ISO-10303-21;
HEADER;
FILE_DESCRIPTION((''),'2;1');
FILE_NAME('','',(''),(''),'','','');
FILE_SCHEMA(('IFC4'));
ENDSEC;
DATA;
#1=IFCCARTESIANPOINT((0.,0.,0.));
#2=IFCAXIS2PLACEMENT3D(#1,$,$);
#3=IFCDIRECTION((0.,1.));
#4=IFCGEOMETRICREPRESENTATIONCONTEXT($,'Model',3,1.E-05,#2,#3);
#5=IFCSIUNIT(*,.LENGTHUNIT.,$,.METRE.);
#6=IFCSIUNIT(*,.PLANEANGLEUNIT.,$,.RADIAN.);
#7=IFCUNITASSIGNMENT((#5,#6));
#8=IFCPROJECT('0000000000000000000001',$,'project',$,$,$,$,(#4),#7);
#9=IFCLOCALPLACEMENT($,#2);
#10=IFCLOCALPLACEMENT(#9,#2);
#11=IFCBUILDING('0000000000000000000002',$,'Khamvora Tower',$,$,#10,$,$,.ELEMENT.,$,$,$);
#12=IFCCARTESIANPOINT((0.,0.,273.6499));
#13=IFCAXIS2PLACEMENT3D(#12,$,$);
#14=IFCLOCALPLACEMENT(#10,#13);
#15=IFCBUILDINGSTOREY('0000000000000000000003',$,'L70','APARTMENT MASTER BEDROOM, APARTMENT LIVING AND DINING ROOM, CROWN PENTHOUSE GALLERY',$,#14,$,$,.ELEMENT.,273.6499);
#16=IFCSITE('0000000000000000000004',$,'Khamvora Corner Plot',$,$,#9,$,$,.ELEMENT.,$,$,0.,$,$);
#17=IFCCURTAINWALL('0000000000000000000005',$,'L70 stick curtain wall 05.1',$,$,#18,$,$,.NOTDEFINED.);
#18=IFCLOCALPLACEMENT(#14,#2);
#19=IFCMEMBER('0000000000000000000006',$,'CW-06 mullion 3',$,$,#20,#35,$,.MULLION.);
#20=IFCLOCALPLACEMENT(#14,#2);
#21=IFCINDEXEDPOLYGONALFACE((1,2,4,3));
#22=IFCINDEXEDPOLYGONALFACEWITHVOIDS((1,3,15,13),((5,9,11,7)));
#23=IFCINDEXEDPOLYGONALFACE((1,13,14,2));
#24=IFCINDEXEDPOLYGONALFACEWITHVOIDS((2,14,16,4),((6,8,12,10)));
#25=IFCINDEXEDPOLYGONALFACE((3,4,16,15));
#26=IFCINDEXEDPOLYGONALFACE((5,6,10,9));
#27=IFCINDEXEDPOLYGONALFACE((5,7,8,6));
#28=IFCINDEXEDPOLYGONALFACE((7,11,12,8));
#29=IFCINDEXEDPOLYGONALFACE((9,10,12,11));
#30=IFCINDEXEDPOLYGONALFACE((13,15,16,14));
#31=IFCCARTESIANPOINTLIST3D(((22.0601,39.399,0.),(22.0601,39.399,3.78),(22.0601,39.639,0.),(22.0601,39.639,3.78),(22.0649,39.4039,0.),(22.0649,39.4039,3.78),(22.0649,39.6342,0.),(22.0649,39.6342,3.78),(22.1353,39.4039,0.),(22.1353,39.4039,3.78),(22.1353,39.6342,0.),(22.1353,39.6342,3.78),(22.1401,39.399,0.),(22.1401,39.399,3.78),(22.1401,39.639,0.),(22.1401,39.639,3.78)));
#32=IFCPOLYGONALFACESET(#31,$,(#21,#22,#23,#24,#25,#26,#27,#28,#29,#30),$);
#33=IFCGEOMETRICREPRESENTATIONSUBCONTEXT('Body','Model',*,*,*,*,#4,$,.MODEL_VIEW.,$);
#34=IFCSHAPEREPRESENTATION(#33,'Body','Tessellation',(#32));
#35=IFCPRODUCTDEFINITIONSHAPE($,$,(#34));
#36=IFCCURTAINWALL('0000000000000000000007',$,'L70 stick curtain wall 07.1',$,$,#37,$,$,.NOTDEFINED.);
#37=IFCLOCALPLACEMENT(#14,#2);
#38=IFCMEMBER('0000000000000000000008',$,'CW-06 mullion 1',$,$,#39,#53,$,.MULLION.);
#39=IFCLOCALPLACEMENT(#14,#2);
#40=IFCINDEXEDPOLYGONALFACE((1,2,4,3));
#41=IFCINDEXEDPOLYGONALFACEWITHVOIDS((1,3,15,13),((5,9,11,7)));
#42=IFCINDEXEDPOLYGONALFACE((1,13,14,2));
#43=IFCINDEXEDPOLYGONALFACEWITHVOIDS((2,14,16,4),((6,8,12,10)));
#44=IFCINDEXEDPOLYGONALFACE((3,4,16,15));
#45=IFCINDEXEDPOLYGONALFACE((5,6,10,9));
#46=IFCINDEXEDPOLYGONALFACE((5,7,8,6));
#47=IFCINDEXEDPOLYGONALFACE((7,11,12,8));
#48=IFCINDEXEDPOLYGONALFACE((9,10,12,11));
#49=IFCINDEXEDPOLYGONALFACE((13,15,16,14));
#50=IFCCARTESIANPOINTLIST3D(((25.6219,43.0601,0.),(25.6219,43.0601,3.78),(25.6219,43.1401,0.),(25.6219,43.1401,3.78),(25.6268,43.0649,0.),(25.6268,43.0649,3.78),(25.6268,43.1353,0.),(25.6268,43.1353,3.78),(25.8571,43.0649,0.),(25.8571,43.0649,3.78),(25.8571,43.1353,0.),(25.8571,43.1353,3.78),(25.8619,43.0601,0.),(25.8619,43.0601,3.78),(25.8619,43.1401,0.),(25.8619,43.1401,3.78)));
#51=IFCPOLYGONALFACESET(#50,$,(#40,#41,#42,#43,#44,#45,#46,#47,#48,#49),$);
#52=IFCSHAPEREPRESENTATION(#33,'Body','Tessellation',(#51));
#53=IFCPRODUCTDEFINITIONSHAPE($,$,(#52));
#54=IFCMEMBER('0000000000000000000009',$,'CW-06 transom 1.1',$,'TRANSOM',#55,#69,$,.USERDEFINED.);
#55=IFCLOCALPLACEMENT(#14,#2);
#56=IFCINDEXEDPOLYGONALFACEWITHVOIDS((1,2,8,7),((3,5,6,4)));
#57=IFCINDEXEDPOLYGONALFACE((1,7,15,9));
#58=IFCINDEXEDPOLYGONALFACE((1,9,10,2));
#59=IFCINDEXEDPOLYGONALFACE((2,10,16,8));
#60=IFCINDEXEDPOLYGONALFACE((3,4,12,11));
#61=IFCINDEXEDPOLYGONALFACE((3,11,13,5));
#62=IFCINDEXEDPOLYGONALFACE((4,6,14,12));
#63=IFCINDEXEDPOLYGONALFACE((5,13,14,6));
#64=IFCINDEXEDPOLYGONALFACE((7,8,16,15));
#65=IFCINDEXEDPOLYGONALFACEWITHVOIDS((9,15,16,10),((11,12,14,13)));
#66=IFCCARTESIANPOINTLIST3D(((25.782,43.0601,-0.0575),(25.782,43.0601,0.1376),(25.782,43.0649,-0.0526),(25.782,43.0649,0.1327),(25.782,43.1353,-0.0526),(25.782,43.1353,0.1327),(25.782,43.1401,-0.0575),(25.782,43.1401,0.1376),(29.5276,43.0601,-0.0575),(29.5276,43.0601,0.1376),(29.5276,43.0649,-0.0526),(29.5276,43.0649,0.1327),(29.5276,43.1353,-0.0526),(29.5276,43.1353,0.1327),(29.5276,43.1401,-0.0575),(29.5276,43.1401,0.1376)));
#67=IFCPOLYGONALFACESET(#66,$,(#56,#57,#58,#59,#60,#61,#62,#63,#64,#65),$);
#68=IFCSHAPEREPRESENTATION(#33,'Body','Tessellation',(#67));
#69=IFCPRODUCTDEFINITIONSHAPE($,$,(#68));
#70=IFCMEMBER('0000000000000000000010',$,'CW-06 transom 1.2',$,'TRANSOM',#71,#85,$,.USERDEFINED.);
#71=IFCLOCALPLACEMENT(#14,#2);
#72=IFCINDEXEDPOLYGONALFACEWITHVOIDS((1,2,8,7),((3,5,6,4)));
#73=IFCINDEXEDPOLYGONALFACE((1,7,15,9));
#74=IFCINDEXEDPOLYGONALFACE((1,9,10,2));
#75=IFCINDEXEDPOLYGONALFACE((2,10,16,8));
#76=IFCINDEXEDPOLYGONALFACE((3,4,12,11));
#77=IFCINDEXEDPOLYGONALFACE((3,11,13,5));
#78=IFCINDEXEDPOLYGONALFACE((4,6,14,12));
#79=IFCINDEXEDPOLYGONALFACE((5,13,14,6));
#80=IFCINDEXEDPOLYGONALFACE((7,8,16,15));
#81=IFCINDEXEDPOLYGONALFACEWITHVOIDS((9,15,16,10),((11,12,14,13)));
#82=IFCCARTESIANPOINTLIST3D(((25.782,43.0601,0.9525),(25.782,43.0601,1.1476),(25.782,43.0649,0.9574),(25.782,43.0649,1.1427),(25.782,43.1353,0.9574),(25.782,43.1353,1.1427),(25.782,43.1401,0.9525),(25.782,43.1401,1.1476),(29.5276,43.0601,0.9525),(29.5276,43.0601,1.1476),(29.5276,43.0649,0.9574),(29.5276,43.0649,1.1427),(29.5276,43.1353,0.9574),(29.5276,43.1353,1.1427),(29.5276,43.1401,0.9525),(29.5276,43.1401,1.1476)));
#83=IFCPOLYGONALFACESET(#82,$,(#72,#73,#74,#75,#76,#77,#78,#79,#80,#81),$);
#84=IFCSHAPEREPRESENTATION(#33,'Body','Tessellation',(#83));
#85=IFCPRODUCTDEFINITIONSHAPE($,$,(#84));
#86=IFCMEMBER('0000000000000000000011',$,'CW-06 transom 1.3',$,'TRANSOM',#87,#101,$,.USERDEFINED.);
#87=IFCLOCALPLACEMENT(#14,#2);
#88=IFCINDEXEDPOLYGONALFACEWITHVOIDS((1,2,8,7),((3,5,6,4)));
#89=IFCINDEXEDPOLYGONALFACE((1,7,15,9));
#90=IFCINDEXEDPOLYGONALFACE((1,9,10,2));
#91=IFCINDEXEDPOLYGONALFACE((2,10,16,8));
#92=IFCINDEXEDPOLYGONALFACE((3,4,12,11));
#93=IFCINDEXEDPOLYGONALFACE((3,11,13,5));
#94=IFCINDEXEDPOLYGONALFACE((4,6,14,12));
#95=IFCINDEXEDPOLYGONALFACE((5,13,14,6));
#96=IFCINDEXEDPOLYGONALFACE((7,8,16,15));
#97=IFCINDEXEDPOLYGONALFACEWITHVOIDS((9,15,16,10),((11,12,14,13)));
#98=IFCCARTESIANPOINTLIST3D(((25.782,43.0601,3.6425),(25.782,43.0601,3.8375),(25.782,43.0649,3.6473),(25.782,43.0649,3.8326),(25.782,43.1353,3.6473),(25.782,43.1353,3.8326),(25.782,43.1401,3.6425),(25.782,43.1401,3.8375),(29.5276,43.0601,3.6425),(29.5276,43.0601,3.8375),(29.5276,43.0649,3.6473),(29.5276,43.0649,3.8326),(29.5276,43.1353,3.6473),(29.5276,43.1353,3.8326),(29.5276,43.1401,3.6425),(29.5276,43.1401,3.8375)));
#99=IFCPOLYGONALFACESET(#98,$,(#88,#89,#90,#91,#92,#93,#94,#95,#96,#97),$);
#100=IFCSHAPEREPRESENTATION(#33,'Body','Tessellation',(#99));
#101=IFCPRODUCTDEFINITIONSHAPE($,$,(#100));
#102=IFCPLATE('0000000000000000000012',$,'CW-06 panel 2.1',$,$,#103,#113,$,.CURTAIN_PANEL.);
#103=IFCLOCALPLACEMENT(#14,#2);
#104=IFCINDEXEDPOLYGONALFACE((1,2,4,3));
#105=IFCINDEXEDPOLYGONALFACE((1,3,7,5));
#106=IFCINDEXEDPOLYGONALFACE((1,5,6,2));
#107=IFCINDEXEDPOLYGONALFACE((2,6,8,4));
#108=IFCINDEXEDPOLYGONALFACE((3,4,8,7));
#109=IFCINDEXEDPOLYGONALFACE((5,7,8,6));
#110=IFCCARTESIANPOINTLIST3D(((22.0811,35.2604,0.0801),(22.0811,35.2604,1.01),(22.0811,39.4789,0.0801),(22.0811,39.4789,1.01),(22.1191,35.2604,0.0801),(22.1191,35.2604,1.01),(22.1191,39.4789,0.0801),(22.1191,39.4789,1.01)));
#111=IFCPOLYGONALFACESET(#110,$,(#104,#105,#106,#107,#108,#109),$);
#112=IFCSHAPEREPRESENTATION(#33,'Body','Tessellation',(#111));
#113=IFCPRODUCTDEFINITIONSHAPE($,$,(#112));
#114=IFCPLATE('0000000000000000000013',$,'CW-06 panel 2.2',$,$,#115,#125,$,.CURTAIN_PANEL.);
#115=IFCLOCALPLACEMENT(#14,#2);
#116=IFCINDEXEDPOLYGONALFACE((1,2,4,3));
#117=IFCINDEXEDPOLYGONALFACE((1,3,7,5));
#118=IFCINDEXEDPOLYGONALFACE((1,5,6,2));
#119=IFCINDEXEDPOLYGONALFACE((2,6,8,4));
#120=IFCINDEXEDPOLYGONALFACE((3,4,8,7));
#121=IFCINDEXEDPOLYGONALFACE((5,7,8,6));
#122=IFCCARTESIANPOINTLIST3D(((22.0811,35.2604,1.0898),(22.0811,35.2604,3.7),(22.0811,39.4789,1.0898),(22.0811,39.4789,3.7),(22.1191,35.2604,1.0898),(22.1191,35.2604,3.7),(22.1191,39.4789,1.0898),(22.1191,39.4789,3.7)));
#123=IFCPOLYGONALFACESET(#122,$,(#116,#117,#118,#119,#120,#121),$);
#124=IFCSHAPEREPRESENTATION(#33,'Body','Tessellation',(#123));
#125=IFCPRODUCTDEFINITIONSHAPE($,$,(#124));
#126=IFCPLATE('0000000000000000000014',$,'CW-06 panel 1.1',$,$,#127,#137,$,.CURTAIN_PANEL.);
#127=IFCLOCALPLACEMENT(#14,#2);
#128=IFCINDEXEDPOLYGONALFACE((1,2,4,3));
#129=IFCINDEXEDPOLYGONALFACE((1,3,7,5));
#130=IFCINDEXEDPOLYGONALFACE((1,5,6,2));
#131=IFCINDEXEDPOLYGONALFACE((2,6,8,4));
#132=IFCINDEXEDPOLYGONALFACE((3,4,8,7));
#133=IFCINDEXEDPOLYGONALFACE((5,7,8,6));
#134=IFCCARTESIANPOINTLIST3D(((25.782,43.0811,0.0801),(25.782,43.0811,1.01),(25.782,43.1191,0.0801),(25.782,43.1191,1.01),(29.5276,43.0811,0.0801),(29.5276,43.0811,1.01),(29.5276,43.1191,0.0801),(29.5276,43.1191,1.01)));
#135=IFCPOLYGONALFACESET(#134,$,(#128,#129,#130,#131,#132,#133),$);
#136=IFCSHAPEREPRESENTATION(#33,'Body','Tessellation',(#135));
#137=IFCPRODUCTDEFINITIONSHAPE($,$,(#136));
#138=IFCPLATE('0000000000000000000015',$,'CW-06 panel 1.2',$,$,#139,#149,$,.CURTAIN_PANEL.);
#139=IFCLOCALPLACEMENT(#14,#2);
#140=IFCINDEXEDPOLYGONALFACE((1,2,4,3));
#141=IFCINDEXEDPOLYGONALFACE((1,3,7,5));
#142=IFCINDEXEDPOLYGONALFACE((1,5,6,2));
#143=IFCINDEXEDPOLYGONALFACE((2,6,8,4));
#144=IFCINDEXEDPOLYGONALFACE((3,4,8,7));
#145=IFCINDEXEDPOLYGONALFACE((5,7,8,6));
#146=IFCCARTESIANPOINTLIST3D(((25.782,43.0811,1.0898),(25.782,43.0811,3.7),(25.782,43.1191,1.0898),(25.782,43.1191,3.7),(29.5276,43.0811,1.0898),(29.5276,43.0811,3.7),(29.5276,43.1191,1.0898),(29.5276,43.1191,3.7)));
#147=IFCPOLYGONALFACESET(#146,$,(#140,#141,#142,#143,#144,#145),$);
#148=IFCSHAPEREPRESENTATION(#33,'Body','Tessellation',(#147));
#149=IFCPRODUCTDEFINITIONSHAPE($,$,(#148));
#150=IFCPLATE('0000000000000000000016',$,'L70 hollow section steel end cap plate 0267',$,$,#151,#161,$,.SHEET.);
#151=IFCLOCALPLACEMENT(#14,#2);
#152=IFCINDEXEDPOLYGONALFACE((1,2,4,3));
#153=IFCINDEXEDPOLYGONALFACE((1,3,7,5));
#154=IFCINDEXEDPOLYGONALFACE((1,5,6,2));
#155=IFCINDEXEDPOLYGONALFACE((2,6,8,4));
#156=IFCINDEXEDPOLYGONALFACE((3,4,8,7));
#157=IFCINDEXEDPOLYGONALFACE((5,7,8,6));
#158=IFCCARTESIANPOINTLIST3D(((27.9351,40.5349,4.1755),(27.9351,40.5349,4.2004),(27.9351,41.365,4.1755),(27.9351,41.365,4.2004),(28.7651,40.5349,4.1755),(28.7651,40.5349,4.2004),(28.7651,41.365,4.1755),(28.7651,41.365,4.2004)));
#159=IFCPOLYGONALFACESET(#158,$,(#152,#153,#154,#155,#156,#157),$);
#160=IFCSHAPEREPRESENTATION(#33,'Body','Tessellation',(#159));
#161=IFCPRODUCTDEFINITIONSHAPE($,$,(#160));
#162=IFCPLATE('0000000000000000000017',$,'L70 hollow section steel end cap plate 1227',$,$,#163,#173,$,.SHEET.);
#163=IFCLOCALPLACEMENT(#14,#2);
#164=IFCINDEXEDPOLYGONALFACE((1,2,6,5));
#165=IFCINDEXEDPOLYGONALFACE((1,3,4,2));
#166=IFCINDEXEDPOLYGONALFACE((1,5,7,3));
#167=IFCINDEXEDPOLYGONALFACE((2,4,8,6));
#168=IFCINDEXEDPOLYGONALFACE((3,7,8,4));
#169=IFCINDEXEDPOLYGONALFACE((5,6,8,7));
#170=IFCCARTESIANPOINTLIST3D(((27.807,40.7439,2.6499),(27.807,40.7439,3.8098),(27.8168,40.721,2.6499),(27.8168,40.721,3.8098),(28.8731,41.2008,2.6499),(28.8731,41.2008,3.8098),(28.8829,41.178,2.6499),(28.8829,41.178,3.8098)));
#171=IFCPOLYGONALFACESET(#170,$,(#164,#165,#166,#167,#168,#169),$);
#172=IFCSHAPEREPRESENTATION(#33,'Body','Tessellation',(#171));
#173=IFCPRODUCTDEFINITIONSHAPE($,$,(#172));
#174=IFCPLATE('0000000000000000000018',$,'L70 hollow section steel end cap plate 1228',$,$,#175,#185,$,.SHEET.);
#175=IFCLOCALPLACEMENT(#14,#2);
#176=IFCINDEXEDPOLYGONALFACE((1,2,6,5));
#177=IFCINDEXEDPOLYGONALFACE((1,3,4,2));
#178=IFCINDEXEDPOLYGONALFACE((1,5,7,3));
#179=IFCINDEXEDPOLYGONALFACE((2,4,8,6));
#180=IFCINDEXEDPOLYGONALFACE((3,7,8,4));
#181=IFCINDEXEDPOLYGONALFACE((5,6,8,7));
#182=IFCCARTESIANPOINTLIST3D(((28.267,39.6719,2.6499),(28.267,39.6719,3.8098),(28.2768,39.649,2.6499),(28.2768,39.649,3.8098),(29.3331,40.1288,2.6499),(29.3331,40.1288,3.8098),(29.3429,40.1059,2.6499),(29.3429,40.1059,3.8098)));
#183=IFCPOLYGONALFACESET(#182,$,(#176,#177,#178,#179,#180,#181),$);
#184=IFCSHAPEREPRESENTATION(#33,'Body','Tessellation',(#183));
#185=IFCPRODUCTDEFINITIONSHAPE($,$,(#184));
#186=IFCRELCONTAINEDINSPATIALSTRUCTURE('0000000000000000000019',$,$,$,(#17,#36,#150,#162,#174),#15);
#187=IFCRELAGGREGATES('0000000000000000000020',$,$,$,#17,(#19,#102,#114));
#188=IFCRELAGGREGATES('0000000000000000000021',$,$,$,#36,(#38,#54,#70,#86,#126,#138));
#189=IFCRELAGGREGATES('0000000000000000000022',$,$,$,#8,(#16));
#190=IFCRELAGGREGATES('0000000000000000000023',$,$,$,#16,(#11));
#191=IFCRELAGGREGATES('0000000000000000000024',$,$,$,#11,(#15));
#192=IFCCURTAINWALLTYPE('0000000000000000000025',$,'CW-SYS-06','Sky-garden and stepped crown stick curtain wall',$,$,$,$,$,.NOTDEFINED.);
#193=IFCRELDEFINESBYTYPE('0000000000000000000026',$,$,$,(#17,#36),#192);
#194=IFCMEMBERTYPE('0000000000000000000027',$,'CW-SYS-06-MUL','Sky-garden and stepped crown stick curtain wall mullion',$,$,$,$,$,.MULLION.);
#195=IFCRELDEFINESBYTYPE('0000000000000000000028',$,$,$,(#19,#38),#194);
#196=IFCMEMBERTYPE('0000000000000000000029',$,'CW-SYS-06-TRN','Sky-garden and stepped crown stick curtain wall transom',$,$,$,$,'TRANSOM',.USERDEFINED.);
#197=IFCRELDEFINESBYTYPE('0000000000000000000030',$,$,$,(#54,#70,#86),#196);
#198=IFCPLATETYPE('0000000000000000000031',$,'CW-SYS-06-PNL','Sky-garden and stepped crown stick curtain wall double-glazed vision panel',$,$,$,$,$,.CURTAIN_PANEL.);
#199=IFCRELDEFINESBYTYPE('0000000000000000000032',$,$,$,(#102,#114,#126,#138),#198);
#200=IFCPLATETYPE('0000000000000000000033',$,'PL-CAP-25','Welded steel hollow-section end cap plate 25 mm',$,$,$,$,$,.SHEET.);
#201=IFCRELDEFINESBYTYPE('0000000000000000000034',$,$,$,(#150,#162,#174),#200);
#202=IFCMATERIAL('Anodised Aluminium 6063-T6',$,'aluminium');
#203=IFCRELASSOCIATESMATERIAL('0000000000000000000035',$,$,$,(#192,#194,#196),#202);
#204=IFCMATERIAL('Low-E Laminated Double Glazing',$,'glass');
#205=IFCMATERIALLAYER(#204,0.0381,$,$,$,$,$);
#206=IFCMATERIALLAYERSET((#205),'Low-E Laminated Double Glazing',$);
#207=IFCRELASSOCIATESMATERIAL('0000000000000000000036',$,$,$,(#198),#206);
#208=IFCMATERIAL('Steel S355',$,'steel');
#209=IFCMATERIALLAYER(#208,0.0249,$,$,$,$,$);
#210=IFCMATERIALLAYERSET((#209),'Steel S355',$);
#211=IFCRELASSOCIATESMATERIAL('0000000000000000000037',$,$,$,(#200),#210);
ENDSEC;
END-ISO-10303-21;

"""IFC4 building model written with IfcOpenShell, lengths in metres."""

from ifc_helpers import new_model, si_unit, direction, frame, origin, origin_2d, place, context, subcontext, project, spatial, rectangle, hollow_rectangle, extrude, material, layer, layer_set, material_profile, profile_set, type_object, element, aggregate, save


model = new_model("IFC4")

# Units and contexts
model_context = context("Model", 3, precision=1e-05, world=origin(), true_north=direction((0.0, 1.0)))
body_context = subcontext(model_context, "Body", "Model", "MODEL_VIEW")
ifc_project = project(units=[si_unit("LENGTHUNIT", "METRE"), si_unit("PLANEANGLEUNIT", "RADIAN")], contexts=[model_context])

# Site, building, storey
site_placement = place(None, origin())
site = spatial("IfcSite", under=ifc_project, at=site_placement, Name="Khamvora Corner Plot", CompositionType="ELEMENT", RefElevation=0.0)
building_placement = place(site_placement, origin())
building = spatial("IfcBuilding", under=site, at=building_placement, Name="Khamvora Tower", CompositionType="ELEMENT")
storey_placement = place(building_placement, frame((0.0, 0.0, 273.6499)))
storey = spatial("IfcBuildingStorey", under=building, at=storey_placement, Name="L70", Description="APARTMENT MASTER BEDROOM, APARTMENT LIVING AND DINING ROOM, CROWN PENTHOUSE GALLERY", CompositionType="ELEMENT", Elevation=273.6499)

# Shared definitions
ifc_material_1 = material(Name="Steel S355", Category="steel")

# Curtain wall, member
ifc_material_2 = material(Name="Anodised Aluminium 6063-T6", Category="aluminium")
curtain_wall_type = type_object("IfcCurtainWallType", Name="CW-SYS-06", Description="Sky-garden and stepped crown stick curtain wall", PredefinedType="NOTDEFINED", material=ifc_material_2)
curtain_wall_1_placement = place(storey_placement, origin())
curtain_wall_1 = element("IfcCurtainWall", 1, at=curtain_wall_1_placement, inside=storey, type_object=curtain_wall_type, Name="L70 stick curtain wall 05.1", PredefinedType="NOTDEFINED")
ifc_material_profile_1 = material_profile(ifc_material_2, hollow_rectangle(XDim=0.0801, YDim=0.24, WallThickness=0.0049, at=origin_2d()), Name="MUL80x240x5")
ifc_profile_set_1 = profile_set([ifc_material_profile_1], Name="Anodised Aluminium 6063-T6")
member_type_1 = type_object("IfcMemberType", Name="CW-SYS-06-MUL", Description="Sky-garden and stepped crown stick curtain wall mullion", PredefinedType="MULLION", material=ifc_profile_set_1)
member_1_placement = place(storey_placement, frame((22.1001, 39.519, 0.0), z_axis=(0.0, 0.0, 1.0), x_axis=(-1.0, 0.0, 0.0)))
member_1 = element("IfcMember", 2, at=member_1_placement, type_object=member_type_1, Name="CW-06 mullion 3", PredefinedType="MULLION", context=body_context, shape_type="SweptSolid", body=[
    extrude(hollow_rectangle(XDim=0.0801, YDim=0.24, WallThickness=0.0049, at=origin_2d()), origin(), (0.0, 0.0, 1.0), 3.78),
])

# Curtain wall, members
curtain_wall_2_placement = place(storey_placement, origin())
curtain_wall_2 = element("IfcCurtainWall", 3, at=curtain_wall_2_placement, inside=storey, type_object=curtain_wall_type, Name="L70 stick curtain wall 07.1", PredefinedType="NOTDEFINED")
member_2_placement = place(storey_placement, frame((25.7419, 43.1001, 0.0), z_axis=(0.0, 0.0, 1.0), x_axis=(0.0, 1.0, 0.0)))
member_2 = element("IfcMember", 4, at=member_2_placement, type_object=member_type_1, Name="CW-06 mullion 1", PredefinedType="MULLION", context=body_context, shape_type="SweptSolid", body=[
    extrude(hollow_rectangle(XDim=0.0801, YDim=0.24, WallThickness=0.0049, at=origin_2d()), origin(), (0.0, 0.0, 1.0), 3.78),
])
ifc_material_profile_2 = material_profile(ifc_material_2, hollow_rectangle(XDim=0.0801, YDim=0.1951, WallThickness=0.0049, at=origin_2d()), Name="TRN80x195x5")
ifc_profile_set_2 = profile_set([ifc_material_profile_2], Name="Anodised Aluminium 6063-T6")
member_type_2 = type_object("IfcMemberType", Name="CW-SYS-06-TRN", Description="Sky-garden and stepped crown stick curtain wall transom", ElementType="TRANSOM", PredefinedType="USERDEFINED", material=ifc_profile_set_2)
member_3_placement = place(storey_placement, frame((25.782, 43.1001, 0.04), z_axis=(1.0, 0.0, 0.0), x_axis=(0.0, 1.0, 0.0)))
member_3 = element("IfcMember", 5, at=member_3_placement, type_object=member_type_2, Name="CW-06 transom 1.1", ObjectType="TRANSOM", PredefinedType="USERDEFINED", context=body_context, shape_type="SweptSolid", body=[
    extrude(hollow_rectangle(XDim=0.0801, YDim=0.1951, WallThickness=0.0049, at=origin_2d()), origin(), (0.0, 0.0, 1.0), 3.7456),
])
member_4_placement = place(storey_placement, frame((25.782, 43.1001, 1.05), z_axis=(1.0, 0.0, 0.0), x_axis=(0.0, 1.0, 0.0)))
member_4 = element("IfcMember", 6, at=member_4_placement, type_object=member_type_2, Name="CW-06 transom 1.2", ObjectType="TRANSOM", PredefinedType="USERDEFINED", context=body_context, shape_type="SweptSolid", body=[
    extrude(hollow_rectangle(XDim=0.0801, YDim=0.1951, WallThickness=0.0049, at=origin_2d()), origin(), (0.0, 0.0, 1.0), 3.7456),
])
member_5_placement = place(storey_placement, frame((25.782, 43.1001, 3.74), z_axis=(1.0, 0.0, 0.0), x_axis=(0.0, 1.0, 0.0)))
member_5 = element("IfcMember", 7, at=member_5_placement, type_object=member_type_2, Name="CW-06 transom 1.3", ObjectType="TRANSOM", PredefinedType="USERDEFINED", context=body_context, shape_type="SweptSolid", body=[
    extrude(hollow_rectangle(XDim=0.0801, YDim=0.1951, WallThickness=0.0049, at=origin_2d()), origin(), (0.0, 0.0, 1.0), 3.7456),
])

# Plates
ifc_material_3 = material(Name="Low-E Laminated Double Glazing", Category="glass")
ifc_layer_1 = layer(ifc_material_3, 0.0381)
ifc_layer_set_1 = layer_set([ifc_layer_1], Name="Low-E Laminated Double Glazing")
plate_type_1 = type_object("IfcPlateType", Name="CW-SYS-06-PNL", Description="Sky-garden and stepped crown stick curtain wall double-glazed vision panel", PredefinedType="CURTAIN_PANEL", material=ifc_layer_set_1)
plate_1_placement = place(storey_placement, frame((22.1001, 37.3696, 0.0801), z_axis=(0.0, 0.0, 1.0), x_axis=(0.0, 1.0, 0.0)))
plate_1 = element("IfcPlate", 8, at=plate_1_placement, type_object=plate_type_1, Name="CW-06 panel 2.1", PredefinedType="CURTAIN_PANEL", context=body_context, shape_type="SweptSolid", body=[
    extrude(rectangle(XDim=4.2185, YDim=0.0381, at=origin_2d()), origin(), (0.0, 0.0, 1.0), 0.9299),
])
plate_2_placement = place(storey_placement, frame((22.1001, 37.3696, 1.0898), z_axis=(0.0, 0.0, 1.0), x_axis=(0.0, 1.0, 0.0)))
plate_2 = element("IfcPlate", 9, at=plate_2_placement, type_object=plate_type_1, Name="CW-06 panel 2.2", PredefinedType="CURTAIN_PANEL", context=body_context, shape_type="SweptSolid", body=[
    extrude(rectangle(XDim=4.2185, YDim=0.0381, at=origin_2d()), origin(), (0.0, 0.0, 1.0), 2.6101),
])
aggregate(curtain_wall_1, [member_1, plate_1, plate_2])
plate_3_placement = place(storey_placement, frame((27.6548, 43.1001, 0.0801), z_axis=(0.0, 0.0, 1.0), x_axis=(1.0, 0.0, 0.0)))
plate_3 = element("IfcPlate", 10, at=plate_3_placement, type_object=plate_type_1, Name="CW-06 panel 1.1", PredefinedType="CURTAIN_PANEL", context=body_context, shape_type="SweptSolid", body=[
    extrude(rectangle(XDim=3.7456, YDim=0.0381, at=origin_2d()), origin(), (0.0, 0.0, 1.0), 0.9299),
])
plate_4_placement = place(storey_placement, frame((27.6548, 43.1001, 1.0898), z_axis=(0.0, 0.0, 1.0), x_axis=(1.0, 0.0, 0.0)))
plate_4 = element("IfcPlate", 11, at=plate_4_placement, type_object=plate_type_1, Name="CW-06 panel 1.2", PredefinedType="CURTAIN_PANEL", context=body_context, shape_type="SweptSolid", body=[
    extrude(rectangle(XDim=3.7456, YDim=0.0381, at=origin_2d()), origin(), (0.0, 0.0, 1.0), 2.6101),
])
aggregate(curtain_wall_2, [member_2, member_3, member_4, member_5, plate_3, plate_4])

# Plates
ifc_layer_2 = layer(ifc_material_1, 0.0249)
ifc_layer_set_2 = layer_set([ifc_layer_2], Name="Steel S355")
plate_type_2 = type_object("IfcPlateType", Name="PL-CAP-25", Description="Welded steel hollow-section end cap plate 25 mm", PredefinedType="SHEET", material=ifc_layer_set_2)
plate_5_placement = place(storey_placement, frame((28.3501, 40.95, 4.1755), z_axis=(0.0, 0.0, 1.0), x_axis=(1.0, 0.0, 0.0)))
element("IfcPlate", 12, at=plate_5_placement, inside=storey, type_object=plate_type_2, Name="L70 hollow section steel end cap plate 0267", PredefinedType="SHEET", context=body_context, shape_type="SweptSolid", body=[
    extrude(rectangle(XDim=0.8301, YDim=0.8301, at=origin_2d()), origin(), (0.0, 0.0, 1.0), 0.0249),
])
for number, where, z_axis, x_axis, name in (
    (13, (28.345, 40.9609, 2.6499), (0.0, 0.0, 1.0), (0.393926, -0.919142, 0.0), "L70 hollow section steel end cap plate 1227"),
    (14, (28.8049, 39.8889, 2.6499), (0.0, 0.0, 1.0), (0.393926, -0.919142, 0.0), "L70 hollow section steel end cap plate 1228"),
):
    element("IfcPlate", number, at=place(storey_placement, frame(where, z_axis=z_axis, x_axis=x_axis)), inside=storey, type_object=plate_type_2, Name=name, PredefinedType="SHEET", context=body_context, shape_type="SweptSolid", body=[
        extrude(rectangle(XDim=0.0249, YDim=1.1599, at=origin_2d()), origin(), (0.0, 0.0, 1.0), 1.1599),
    ])

save(model, "model.ifc")
